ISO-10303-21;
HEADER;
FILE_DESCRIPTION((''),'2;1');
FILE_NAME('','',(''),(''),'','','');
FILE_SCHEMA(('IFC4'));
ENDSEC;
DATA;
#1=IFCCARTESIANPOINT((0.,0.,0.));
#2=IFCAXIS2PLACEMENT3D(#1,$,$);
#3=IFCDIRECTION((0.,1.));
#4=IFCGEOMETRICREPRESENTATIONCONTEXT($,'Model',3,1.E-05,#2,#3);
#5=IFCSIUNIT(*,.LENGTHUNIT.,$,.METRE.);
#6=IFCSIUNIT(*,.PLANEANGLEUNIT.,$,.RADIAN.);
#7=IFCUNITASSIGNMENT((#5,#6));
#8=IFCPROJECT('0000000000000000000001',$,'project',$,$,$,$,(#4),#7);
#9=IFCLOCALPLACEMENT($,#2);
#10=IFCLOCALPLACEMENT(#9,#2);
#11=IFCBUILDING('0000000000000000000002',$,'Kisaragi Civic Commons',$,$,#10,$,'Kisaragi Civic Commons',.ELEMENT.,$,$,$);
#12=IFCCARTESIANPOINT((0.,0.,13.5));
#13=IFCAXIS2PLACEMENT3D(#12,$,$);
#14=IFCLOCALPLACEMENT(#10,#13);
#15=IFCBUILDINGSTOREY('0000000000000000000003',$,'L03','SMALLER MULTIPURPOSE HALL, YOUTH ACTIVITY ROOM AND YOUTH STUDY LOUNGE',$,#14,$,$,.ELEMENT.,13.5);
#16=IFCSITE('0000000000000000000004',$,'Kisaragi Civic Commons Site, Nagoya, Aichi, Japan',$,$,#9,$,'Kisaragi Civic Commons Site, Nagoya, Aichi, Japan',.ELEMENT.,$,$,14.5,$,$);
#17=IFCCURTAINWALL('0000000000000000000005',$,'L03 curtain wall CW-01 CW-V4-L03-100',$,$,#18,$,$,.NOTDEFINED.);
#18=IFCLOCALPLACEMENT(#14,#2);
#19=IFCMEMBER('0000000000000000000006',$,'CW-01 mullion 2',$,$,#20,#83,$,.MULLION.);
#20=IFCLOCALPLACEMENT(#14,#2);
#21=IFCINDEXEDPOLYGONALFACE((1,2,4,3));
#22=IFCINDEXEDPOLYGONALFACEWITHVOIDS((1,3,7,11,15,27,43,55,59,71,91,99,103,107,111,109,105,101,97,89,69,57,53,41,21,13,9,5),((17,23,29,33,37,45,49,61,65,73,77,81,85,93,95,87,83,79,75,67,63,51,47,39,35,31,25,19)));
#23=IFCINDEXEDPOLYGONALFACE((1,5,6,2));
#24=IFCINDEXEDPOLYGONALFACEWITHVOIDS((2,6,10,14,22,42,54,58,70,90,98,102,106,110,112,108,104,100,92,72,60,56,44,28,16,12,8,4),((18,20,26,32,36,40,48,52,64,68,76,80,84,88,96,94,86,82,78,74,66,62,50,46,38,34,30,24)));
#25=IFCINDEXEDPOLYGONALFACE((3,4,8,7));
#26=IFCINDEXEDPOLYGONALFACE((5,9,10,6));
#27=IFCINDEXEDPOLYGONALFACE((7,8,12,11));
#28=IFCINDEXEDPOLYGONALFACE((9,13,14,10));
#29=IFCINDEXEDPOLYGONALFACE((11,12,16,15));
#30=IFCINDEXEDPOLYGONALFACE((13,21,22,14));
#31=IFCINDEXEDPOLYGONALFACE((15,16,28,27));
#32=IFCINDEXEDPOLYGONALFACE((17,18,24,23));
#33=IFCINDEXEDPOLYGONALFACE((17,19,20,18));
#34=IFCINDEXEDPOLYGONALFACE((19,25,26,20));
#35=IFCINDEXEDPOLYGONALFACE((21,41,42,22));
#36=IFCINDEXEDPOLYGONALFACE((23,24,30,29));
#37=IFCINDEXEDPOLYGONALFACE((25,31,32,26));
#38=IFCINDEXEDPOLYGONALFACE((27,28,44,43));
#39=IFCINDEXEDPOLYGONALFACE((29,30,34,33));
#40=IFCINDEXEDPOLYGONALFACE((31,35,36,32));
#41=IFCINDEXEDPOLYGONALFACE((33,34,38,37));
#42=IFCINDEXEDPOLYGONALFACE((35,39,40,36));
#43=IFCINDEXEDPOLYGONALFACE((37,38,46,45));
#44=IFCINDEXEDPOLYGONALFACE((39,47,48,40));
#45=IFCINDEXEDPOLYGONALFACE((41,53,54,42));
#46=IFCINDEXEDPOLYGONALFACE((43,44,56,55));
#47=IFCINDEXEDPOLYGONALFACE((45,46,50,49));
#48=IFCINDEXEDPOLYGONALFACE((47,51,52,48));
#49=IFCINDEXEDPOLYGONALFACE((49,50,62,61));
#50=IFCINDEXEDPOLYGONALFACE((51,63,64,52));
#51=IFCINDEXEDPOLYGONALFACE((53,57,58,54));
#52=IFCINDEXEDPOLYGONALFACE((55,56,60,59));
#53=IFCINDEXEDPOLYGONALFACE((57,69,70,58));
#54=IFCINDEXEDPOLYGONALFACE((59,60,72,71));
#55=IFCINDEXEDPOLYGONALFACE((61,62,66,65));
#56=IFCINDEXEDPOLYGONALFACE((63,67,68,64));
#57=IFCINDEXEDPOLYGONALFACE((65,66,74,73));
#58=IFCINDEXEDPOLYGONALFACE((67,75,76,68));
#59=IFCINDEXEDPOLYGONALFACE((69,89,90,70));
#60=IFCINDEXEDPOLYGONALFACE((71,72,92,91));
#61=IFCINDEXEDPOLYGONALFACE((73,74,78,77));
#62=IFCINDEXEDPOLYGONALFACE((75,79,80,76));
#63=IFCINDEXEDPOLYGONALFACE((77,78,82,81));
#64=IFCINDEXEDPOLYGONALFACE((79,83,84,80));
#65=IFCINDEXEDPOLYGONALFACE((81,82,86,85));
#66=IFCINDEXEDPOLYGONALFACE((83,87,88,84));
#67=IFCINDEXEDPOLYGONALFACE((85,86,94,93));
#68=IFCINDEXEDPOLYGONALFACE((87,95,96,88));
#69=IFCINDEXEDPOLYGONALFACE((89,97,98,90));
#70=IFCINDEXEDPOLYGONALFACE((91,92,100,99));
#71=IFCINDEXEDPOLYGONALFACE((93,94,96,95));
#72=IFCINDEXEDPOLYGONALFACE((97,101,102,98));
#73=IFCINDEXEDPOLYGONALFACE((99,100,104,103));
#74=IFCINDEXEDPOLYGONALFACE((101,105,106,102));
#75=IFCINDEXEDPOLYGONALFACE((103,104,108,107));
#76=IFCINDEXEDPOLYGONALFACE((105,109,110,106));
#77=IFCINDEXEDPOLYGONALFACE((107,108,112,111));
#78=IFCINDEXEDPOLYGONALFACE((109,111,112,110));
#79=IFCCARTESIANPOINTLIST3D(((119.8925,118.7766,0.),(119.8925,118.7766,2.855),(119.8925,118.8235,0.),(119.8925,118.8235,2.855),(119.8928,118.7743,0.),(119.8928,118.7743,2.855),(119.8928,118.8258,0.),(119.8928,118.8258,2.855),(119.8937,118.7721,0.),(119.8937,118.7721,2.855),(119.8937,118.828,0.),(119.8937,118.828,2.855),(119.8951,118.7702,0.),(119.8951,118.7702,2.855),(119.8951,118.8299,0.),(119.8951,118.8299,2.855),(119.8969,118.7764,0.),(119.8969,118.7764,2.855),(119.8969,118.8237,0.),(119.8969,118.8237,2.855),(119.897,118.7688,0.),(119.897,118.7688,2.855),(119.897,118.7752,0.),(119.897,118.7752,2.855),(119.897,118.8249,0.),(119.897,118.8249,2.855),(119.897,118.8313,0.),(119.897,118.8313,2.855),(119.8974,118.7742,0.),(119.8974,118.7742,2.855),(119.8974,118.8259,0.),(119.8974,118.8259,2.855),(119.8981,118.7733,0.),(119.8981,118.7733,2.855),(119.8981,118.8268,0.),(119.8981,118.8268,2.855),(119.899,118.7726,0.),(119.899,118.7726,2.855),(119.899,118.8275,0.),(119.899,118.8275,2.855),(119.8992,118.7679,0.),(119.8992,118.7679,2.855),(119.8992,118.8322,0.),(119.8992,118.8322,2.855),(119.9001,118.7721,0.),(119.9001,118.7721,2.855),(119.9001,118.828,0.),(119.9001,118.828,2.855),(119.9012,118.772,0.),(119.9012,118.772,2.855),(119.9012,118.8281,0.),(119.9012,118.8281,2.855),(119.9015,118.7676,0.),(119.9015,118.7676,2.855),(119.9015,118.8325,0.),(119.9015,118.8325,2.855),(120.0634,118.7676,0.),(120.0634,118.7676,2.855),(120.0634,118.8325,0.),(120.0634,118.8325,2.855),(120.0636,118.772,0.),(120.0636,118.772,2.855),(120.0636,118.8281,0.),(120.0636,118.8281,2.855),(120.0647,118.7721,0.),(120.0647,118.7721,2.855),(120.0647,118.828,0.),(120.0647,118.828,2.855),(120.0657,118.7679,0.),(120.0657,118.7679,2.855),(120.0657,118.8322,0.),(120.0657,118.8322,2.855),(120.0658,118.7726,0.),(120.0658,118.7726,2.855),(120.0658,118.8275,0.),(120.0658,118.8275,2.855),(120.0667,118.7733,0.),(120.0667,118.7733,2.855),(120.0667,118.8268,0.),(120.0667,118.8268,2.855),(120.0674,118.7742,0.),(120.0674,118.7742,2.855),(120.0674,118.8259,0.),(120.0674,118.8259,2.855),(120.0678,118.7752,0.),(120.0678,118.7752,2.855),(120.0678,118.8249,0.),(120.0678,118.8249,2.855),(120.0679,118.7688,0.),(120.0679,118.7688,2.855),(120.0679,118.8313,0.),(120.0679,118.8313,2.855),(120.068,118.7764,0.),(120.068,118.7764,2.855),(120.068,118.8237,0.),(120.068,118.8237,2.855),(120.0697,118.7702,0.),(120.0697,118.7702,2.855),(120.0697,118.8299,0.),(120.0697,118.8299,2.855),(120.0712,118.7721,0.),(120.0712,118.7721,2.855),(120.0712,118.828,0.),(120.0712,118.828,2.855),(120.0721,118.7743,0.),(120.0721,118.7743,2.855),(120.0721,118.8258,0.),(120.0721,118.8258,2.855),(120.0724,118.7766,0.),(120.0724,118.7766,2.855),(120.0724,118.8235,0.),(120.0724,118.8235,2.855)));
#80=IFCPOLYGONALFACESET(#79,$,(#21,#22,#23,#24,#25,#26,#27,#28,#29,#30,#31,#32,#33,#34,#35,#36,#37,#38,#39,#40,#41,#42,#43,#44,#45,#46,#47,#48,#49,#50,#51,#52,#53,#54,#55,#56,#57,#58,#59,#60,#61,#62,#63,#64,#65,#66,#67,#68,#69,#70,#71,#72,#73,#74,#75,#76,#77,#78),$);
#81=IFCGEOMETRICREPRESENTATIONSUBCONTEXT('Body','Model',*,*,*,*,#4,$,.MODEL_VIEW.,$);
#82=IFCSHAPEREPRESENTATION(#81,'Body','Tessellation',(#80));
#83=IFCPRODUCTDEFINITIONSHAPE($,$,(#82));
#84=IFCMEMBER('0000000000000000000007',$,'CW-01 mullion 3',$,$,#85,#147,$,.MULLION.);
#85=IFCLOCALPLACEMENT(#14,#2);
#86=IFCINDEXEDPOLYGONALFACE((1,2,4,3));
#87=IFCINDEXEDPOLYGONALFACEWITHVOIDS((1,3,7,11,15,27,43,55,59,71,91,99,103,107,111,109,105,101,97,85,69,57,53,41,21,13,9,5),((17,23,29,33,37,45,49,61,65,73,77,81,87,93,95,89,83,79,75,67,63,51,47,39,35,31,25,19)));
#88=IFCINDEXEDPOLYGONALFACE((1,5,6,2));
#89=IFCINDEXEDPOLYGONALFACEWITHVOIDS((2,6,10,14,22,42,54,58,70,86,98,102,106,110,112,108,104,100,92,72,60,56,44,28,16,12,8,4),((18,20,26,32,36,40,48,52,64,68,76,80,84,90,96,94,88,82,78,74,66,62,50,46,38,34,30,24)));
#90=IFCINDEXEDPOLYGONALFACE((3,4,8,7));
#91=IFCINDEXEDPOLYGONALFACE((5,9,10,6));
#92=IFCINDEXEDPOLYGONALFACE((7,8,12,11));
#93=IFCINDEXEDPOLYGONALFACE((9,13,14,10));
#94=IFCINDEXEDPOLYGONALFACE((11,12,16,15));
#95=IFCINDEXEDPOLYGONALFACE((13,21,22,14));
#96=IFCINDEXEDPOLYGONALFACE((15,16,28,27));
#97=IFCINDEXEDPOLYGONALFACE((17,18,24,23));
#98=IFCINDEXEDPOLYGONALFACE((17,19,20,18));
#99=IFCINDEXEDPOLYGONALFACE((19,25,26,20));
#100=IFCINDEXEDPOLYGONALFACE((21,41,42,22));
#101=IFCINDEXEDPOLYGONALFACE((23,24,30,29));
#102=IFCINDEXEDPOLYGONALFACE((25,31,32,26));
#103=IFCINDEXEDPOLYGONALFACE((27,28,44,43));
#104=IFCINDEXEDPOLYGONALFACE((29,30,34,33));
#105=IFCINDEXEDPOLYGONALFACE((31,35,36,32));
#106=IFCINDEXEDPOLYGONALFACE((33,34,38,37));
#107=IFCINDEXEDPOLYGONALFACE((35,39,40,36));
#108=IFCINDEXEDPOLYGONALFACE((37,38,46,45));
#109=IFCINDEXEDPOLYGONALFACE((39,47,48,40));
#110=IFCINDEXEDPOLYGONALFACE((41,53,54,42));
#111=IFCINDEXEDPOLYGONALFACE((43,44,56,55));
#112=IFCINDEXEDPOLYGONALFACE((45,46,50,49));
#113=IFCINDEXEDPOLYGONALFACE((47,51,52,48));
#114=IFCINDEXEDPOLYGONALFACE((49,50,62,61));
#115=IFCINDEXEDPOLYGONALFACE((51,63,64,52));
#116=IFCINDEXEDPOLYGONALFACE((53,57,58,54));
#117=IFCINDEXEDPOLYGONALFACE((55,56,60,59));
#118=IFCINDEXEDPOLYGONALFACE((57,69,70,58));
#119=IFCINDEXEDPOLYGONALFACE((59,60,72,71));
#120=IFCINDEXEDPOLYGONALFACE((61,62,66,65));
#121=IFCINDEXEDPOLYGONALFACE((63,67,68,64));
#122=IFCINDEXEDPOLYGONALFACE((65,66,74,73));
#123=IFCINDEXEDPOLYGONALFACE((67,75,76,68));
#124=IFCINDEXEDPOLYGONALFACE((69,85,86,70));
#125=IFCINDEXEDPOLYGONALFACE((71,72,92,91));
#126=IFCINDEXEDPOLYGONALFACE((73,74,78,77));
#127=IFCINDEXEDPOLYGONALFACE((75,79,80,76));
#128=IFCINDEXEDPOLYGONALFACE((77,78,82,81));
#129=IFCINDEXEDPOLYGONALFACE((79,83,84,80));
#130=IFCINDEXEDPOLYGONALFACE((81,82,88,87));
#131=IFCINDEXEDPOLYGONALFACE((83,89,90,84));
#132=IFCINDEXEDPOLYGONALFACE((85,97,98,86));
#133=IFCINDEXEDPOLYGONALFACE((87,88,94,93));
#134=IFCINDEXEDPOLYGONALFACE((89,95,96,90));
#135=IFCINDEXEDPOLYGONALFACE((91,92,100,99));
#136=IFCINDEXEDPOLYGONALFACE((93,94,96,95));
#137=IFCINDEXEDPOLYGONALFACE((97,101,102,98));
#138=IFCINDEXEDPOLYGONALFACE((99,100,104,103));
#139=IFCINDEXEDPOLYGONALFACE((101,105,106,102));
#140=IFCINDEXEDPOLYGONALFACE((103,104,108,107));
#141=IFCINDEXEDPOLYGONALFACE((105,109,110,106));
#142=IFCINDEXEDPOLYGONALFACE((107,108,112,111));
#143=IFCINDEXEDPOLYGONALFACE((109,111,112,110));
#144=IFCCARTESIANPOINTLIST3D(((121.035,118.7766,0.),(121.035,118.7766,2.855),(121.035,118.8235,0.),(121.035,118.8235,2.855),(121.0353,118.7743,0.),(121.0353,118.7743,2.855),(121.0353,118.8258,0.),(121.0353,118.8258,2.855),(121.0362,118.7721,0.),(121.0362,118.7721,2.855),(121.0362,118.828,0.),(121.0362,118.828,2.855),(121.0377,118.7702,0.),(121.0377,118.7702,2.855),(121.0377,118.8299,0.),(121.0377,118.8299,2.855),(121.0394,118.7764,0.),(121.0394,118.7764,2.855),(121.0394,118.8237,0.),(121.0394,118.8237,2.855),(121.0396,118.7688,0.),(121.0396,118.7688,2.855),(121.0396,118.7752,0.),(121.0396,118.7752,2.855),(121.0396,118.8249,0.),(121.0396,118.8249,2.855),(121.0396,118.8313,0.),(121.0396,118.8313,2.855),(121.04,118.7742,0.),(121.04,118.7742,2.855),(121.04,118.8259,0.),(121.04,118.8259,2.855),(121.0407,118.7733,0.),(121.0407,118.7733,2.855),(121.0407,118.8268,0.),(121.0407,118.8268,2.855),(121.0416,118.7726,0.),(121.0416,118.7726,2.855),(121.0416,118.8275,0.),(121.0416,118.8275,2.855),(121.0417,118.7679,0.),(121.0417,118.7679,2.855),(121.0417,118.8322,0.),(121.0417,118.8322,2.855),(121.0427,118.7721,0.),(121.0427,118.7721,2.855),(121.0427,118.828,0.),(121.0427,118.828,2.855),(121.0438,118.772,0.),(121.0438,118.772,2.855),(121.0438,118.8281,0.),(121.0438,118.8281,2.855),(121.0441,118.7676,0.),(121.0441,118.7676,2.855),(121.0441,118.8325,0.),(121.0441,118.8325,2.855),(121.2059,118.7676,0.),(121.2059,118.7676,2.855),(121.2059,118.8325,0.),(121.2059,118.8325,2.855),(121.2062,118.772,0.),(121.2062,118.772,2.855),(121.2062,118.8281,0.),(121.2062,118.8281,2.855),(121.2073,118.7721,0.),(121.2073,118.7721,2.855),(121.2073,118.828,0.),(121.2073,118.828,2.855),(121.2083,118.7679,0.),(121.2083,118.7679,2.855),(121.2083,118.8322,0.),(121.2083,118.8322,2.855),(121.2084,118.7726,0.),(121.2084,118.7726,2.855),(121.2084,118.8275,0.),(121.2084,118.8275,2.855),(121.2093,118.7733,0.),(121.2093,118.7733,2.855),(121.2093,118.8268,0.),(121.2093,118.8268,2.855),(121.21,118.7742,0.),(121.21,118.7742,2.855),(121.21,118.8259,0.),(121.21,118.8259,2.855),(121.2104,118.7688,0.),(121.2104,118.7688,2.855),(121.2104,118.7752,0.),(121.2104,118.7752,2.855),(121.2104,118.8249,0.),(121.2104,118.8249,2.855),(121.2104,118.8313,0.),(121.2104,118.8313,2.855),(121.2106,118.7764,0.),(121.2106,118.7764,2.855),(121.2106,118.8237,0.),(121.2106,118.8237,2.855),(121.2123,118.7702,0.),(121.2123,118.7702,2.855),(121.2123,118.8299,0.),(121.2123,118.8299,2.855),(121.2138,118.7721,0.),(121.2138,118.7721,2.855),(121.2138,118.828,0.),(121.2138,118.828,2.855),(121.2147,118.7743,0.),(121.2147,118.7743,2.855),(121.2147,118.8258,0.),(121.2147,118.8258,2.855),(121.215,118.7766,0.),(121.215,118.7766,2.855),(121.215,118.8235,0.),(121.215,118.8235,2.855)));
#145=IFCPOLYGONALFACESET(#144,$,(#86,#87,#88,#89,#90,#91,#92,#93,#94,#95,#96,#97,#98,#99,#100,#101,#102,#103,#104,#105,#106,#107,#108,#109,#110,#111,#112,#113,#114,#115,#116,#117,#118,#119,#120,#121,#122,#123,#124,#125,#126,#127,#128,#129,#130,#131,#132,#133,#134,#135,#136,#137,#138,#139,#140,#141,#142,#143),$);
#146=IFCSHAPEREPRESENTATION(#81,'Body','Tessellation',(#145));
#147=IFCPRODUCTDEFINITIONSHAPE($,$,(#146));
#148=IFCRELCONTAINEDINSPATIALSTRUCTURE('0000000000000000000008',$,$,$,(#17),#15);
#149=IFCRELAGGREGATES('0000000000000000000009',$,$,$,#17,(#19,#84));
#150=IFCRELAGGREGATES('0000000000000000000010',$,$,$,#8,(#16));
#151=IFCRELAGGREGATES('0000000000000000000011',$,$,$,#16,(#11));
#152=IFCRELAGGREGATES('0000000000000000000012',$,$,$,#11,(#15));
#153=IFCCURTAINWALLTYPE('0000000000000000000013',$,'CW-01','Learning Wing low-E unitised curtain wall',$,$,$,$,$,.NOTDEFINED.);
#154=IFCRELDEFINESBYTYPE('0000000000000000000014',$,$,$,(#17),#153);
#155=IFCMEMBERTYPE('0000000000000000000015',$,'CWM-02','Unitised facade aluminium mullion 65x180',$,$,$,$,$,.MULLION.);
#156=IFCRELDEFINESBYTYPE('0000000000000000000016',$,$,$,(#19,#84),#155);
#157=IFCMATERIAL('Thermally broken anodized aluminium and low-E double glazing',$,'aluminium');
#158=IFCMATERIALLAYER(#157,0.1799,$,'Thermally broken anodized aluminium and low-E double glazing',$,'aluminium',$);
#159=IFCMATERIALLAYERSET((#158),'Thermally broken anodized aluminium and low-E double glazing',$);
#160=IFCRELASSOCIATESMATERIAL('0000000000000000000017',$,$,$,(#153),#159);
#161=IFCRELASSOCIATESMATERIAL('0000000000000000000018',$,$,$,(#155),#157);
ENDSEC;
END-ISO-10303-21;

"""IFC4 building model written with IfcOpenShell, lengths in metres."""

from ifc_helpers import new_model, si_unit, direction, frame, origin, origin_2d, place, context, subcontext, project, spatial, hollow_rectangle, extrude, material, layer, layer_set, material_profile, profile_set, type_object, element, aggregate, save


model = new_model("IFC4")

# Units and contexts
model_context = context("Model", 3, precision=1e-05, world=origin(), true_north=direction((0.0, 1.0)))
body_context = subcontext(model_context, "Body", "Model", "MODEL_VIEW")
ifc_project = project(units=[si_unit("LENGTHUNIT", "METRE"), si_unit("PLANEANGLEUNIT", "RADIAN")], contexts=[model_context])

# Site, building, storey
site_placement = place(None, origin())
site = spatial("IfcSite", under=ifc_project, at=site_placement, Name="Kisaragi Civic Commons Site, Nagoya, Aichi, Japan", LongName="Kisaragi Civic Commons Site, Nagoya, Aichi, Japan", CompositionType="ELEMENT", RefElevation=14.5)
building_placement = place(site_placement, origin())
building = spatial("IfcBuilding", under=site, at=building_placement, Name="Kisaragi Civic Commons", LongName="Kisaragi Civic Commons", CompositionType="ELEMENT")
storey_placement = place(building_placement, frame((0.0, 0.0, 13.5)))
storey = spatial("IfcBuildingStorey", under=building, at=storey_placement, Name="L03", Description="SMALLER MULTIPURPOSE HALL, YOUTH ACTIVITY ROOM AND YOUTH STUDY LOUNGE", CompositionType="ELEMENT", Elevation=13.5)

# Curtain wall, members
ifc_material = material(Name="Thermally broken anodized aluminium and low-E double glazing", Category="aluminium")
ifc_layer_1 = layer(ifc_material, 0.1799, Name="Thermally broken anodized aluminium and low-E double glazing", Category="aluminium")
ifc_layer_set_1 = layer_set([ifc_layer_1], Name="Thermally broken anodized aluminium and low-E double glazing")
curtain_wall_type = type_object("IfcCurtainWallType", Name="CW-01", Description="Learning Wing low-E unitised curtain wall", PredefinedType="NOTDEFINED", material=ifc_layer_set_1)
curtain_wall_placement = place(storey_placement, origin())
curtain_wall = element("IfcCurtainWall", 1, at=curtain_wall_placement, inside=storey, type_object=curtain_wall_type, Name="L03 curtain wall CW-01 CW-V4-L03-100", PredefinedType="NOTDEFINED")
ifc_material_profile_1 = material_profile(ifc_material, hollow_rectangle(XDim=0.0649, YDim=0.1799, WallThickness=0.0044, InnerFilletRadius=0.0044, OuterFilletRadius=0.009, at=origin_2d()), Name="CWM-65x180x4.5", Category="aluminium")
ifc_profile_set_1 = profile_set([ifc_material_profile_1], Name="Thermally broken anodized aluminium and low-E double glazing")
member_type_1 = type_object("IfcMemberType", Name="CWM-02", Description="Unitised facade aluminium mullion 65x180", PredefinedType="MULLION", material=ifc_profile_set_1)
member_1_placement = place(storey_placement, frame((119.9824, 118.8, 0.0), z_axis=(0.0, 0.0, 1.0), x_axis=(0.0, 1.0, 0.0)))
member_1 = element("IfcMember", 2, at=member_1_placement, type_object=member_type_1, Name="CW-01 mullion 2", PredefinedType="MULLION", context=body_context, shape_type="SweptSolid", body=[
    extrude(hollow_rectangle(XDim=0.0649, YDim=0.1799, WallThickness=0.0044, InnerFilletRadius=0.0044, OuterFilletRadius=0.009, at=origin_2d()), origin(), (0.0, 0.0, 1.0), 2.855),
])
member_2_placement = place(storey_placement, frame((121.125, 118.8, 0.0), z_axis=(0.0, 0.0, 1.0), x_axis=(0.0, 1.0, 0.0)))
member_2 = element("IfcMember", 3, at=member_2_placement, type_object=member_type_1, Name="CW-01 mullion 3", PredefinedType="MULLION", context=body_context, shape_type="SweptSolid", body=[
    extrude(hollow_rectangle(XDim=0.0649, YDim=0.1799, WallThickness=0.0044, InnerFilletRadius=0.0044, OuterFilletRadius=0.009, at=origin_2d()), origin(), (0.0, 0.0, 1.0), 2.855),
])
aggregate(curtain_wall, [member_1, member_2])

save(model, "model.ifc")
